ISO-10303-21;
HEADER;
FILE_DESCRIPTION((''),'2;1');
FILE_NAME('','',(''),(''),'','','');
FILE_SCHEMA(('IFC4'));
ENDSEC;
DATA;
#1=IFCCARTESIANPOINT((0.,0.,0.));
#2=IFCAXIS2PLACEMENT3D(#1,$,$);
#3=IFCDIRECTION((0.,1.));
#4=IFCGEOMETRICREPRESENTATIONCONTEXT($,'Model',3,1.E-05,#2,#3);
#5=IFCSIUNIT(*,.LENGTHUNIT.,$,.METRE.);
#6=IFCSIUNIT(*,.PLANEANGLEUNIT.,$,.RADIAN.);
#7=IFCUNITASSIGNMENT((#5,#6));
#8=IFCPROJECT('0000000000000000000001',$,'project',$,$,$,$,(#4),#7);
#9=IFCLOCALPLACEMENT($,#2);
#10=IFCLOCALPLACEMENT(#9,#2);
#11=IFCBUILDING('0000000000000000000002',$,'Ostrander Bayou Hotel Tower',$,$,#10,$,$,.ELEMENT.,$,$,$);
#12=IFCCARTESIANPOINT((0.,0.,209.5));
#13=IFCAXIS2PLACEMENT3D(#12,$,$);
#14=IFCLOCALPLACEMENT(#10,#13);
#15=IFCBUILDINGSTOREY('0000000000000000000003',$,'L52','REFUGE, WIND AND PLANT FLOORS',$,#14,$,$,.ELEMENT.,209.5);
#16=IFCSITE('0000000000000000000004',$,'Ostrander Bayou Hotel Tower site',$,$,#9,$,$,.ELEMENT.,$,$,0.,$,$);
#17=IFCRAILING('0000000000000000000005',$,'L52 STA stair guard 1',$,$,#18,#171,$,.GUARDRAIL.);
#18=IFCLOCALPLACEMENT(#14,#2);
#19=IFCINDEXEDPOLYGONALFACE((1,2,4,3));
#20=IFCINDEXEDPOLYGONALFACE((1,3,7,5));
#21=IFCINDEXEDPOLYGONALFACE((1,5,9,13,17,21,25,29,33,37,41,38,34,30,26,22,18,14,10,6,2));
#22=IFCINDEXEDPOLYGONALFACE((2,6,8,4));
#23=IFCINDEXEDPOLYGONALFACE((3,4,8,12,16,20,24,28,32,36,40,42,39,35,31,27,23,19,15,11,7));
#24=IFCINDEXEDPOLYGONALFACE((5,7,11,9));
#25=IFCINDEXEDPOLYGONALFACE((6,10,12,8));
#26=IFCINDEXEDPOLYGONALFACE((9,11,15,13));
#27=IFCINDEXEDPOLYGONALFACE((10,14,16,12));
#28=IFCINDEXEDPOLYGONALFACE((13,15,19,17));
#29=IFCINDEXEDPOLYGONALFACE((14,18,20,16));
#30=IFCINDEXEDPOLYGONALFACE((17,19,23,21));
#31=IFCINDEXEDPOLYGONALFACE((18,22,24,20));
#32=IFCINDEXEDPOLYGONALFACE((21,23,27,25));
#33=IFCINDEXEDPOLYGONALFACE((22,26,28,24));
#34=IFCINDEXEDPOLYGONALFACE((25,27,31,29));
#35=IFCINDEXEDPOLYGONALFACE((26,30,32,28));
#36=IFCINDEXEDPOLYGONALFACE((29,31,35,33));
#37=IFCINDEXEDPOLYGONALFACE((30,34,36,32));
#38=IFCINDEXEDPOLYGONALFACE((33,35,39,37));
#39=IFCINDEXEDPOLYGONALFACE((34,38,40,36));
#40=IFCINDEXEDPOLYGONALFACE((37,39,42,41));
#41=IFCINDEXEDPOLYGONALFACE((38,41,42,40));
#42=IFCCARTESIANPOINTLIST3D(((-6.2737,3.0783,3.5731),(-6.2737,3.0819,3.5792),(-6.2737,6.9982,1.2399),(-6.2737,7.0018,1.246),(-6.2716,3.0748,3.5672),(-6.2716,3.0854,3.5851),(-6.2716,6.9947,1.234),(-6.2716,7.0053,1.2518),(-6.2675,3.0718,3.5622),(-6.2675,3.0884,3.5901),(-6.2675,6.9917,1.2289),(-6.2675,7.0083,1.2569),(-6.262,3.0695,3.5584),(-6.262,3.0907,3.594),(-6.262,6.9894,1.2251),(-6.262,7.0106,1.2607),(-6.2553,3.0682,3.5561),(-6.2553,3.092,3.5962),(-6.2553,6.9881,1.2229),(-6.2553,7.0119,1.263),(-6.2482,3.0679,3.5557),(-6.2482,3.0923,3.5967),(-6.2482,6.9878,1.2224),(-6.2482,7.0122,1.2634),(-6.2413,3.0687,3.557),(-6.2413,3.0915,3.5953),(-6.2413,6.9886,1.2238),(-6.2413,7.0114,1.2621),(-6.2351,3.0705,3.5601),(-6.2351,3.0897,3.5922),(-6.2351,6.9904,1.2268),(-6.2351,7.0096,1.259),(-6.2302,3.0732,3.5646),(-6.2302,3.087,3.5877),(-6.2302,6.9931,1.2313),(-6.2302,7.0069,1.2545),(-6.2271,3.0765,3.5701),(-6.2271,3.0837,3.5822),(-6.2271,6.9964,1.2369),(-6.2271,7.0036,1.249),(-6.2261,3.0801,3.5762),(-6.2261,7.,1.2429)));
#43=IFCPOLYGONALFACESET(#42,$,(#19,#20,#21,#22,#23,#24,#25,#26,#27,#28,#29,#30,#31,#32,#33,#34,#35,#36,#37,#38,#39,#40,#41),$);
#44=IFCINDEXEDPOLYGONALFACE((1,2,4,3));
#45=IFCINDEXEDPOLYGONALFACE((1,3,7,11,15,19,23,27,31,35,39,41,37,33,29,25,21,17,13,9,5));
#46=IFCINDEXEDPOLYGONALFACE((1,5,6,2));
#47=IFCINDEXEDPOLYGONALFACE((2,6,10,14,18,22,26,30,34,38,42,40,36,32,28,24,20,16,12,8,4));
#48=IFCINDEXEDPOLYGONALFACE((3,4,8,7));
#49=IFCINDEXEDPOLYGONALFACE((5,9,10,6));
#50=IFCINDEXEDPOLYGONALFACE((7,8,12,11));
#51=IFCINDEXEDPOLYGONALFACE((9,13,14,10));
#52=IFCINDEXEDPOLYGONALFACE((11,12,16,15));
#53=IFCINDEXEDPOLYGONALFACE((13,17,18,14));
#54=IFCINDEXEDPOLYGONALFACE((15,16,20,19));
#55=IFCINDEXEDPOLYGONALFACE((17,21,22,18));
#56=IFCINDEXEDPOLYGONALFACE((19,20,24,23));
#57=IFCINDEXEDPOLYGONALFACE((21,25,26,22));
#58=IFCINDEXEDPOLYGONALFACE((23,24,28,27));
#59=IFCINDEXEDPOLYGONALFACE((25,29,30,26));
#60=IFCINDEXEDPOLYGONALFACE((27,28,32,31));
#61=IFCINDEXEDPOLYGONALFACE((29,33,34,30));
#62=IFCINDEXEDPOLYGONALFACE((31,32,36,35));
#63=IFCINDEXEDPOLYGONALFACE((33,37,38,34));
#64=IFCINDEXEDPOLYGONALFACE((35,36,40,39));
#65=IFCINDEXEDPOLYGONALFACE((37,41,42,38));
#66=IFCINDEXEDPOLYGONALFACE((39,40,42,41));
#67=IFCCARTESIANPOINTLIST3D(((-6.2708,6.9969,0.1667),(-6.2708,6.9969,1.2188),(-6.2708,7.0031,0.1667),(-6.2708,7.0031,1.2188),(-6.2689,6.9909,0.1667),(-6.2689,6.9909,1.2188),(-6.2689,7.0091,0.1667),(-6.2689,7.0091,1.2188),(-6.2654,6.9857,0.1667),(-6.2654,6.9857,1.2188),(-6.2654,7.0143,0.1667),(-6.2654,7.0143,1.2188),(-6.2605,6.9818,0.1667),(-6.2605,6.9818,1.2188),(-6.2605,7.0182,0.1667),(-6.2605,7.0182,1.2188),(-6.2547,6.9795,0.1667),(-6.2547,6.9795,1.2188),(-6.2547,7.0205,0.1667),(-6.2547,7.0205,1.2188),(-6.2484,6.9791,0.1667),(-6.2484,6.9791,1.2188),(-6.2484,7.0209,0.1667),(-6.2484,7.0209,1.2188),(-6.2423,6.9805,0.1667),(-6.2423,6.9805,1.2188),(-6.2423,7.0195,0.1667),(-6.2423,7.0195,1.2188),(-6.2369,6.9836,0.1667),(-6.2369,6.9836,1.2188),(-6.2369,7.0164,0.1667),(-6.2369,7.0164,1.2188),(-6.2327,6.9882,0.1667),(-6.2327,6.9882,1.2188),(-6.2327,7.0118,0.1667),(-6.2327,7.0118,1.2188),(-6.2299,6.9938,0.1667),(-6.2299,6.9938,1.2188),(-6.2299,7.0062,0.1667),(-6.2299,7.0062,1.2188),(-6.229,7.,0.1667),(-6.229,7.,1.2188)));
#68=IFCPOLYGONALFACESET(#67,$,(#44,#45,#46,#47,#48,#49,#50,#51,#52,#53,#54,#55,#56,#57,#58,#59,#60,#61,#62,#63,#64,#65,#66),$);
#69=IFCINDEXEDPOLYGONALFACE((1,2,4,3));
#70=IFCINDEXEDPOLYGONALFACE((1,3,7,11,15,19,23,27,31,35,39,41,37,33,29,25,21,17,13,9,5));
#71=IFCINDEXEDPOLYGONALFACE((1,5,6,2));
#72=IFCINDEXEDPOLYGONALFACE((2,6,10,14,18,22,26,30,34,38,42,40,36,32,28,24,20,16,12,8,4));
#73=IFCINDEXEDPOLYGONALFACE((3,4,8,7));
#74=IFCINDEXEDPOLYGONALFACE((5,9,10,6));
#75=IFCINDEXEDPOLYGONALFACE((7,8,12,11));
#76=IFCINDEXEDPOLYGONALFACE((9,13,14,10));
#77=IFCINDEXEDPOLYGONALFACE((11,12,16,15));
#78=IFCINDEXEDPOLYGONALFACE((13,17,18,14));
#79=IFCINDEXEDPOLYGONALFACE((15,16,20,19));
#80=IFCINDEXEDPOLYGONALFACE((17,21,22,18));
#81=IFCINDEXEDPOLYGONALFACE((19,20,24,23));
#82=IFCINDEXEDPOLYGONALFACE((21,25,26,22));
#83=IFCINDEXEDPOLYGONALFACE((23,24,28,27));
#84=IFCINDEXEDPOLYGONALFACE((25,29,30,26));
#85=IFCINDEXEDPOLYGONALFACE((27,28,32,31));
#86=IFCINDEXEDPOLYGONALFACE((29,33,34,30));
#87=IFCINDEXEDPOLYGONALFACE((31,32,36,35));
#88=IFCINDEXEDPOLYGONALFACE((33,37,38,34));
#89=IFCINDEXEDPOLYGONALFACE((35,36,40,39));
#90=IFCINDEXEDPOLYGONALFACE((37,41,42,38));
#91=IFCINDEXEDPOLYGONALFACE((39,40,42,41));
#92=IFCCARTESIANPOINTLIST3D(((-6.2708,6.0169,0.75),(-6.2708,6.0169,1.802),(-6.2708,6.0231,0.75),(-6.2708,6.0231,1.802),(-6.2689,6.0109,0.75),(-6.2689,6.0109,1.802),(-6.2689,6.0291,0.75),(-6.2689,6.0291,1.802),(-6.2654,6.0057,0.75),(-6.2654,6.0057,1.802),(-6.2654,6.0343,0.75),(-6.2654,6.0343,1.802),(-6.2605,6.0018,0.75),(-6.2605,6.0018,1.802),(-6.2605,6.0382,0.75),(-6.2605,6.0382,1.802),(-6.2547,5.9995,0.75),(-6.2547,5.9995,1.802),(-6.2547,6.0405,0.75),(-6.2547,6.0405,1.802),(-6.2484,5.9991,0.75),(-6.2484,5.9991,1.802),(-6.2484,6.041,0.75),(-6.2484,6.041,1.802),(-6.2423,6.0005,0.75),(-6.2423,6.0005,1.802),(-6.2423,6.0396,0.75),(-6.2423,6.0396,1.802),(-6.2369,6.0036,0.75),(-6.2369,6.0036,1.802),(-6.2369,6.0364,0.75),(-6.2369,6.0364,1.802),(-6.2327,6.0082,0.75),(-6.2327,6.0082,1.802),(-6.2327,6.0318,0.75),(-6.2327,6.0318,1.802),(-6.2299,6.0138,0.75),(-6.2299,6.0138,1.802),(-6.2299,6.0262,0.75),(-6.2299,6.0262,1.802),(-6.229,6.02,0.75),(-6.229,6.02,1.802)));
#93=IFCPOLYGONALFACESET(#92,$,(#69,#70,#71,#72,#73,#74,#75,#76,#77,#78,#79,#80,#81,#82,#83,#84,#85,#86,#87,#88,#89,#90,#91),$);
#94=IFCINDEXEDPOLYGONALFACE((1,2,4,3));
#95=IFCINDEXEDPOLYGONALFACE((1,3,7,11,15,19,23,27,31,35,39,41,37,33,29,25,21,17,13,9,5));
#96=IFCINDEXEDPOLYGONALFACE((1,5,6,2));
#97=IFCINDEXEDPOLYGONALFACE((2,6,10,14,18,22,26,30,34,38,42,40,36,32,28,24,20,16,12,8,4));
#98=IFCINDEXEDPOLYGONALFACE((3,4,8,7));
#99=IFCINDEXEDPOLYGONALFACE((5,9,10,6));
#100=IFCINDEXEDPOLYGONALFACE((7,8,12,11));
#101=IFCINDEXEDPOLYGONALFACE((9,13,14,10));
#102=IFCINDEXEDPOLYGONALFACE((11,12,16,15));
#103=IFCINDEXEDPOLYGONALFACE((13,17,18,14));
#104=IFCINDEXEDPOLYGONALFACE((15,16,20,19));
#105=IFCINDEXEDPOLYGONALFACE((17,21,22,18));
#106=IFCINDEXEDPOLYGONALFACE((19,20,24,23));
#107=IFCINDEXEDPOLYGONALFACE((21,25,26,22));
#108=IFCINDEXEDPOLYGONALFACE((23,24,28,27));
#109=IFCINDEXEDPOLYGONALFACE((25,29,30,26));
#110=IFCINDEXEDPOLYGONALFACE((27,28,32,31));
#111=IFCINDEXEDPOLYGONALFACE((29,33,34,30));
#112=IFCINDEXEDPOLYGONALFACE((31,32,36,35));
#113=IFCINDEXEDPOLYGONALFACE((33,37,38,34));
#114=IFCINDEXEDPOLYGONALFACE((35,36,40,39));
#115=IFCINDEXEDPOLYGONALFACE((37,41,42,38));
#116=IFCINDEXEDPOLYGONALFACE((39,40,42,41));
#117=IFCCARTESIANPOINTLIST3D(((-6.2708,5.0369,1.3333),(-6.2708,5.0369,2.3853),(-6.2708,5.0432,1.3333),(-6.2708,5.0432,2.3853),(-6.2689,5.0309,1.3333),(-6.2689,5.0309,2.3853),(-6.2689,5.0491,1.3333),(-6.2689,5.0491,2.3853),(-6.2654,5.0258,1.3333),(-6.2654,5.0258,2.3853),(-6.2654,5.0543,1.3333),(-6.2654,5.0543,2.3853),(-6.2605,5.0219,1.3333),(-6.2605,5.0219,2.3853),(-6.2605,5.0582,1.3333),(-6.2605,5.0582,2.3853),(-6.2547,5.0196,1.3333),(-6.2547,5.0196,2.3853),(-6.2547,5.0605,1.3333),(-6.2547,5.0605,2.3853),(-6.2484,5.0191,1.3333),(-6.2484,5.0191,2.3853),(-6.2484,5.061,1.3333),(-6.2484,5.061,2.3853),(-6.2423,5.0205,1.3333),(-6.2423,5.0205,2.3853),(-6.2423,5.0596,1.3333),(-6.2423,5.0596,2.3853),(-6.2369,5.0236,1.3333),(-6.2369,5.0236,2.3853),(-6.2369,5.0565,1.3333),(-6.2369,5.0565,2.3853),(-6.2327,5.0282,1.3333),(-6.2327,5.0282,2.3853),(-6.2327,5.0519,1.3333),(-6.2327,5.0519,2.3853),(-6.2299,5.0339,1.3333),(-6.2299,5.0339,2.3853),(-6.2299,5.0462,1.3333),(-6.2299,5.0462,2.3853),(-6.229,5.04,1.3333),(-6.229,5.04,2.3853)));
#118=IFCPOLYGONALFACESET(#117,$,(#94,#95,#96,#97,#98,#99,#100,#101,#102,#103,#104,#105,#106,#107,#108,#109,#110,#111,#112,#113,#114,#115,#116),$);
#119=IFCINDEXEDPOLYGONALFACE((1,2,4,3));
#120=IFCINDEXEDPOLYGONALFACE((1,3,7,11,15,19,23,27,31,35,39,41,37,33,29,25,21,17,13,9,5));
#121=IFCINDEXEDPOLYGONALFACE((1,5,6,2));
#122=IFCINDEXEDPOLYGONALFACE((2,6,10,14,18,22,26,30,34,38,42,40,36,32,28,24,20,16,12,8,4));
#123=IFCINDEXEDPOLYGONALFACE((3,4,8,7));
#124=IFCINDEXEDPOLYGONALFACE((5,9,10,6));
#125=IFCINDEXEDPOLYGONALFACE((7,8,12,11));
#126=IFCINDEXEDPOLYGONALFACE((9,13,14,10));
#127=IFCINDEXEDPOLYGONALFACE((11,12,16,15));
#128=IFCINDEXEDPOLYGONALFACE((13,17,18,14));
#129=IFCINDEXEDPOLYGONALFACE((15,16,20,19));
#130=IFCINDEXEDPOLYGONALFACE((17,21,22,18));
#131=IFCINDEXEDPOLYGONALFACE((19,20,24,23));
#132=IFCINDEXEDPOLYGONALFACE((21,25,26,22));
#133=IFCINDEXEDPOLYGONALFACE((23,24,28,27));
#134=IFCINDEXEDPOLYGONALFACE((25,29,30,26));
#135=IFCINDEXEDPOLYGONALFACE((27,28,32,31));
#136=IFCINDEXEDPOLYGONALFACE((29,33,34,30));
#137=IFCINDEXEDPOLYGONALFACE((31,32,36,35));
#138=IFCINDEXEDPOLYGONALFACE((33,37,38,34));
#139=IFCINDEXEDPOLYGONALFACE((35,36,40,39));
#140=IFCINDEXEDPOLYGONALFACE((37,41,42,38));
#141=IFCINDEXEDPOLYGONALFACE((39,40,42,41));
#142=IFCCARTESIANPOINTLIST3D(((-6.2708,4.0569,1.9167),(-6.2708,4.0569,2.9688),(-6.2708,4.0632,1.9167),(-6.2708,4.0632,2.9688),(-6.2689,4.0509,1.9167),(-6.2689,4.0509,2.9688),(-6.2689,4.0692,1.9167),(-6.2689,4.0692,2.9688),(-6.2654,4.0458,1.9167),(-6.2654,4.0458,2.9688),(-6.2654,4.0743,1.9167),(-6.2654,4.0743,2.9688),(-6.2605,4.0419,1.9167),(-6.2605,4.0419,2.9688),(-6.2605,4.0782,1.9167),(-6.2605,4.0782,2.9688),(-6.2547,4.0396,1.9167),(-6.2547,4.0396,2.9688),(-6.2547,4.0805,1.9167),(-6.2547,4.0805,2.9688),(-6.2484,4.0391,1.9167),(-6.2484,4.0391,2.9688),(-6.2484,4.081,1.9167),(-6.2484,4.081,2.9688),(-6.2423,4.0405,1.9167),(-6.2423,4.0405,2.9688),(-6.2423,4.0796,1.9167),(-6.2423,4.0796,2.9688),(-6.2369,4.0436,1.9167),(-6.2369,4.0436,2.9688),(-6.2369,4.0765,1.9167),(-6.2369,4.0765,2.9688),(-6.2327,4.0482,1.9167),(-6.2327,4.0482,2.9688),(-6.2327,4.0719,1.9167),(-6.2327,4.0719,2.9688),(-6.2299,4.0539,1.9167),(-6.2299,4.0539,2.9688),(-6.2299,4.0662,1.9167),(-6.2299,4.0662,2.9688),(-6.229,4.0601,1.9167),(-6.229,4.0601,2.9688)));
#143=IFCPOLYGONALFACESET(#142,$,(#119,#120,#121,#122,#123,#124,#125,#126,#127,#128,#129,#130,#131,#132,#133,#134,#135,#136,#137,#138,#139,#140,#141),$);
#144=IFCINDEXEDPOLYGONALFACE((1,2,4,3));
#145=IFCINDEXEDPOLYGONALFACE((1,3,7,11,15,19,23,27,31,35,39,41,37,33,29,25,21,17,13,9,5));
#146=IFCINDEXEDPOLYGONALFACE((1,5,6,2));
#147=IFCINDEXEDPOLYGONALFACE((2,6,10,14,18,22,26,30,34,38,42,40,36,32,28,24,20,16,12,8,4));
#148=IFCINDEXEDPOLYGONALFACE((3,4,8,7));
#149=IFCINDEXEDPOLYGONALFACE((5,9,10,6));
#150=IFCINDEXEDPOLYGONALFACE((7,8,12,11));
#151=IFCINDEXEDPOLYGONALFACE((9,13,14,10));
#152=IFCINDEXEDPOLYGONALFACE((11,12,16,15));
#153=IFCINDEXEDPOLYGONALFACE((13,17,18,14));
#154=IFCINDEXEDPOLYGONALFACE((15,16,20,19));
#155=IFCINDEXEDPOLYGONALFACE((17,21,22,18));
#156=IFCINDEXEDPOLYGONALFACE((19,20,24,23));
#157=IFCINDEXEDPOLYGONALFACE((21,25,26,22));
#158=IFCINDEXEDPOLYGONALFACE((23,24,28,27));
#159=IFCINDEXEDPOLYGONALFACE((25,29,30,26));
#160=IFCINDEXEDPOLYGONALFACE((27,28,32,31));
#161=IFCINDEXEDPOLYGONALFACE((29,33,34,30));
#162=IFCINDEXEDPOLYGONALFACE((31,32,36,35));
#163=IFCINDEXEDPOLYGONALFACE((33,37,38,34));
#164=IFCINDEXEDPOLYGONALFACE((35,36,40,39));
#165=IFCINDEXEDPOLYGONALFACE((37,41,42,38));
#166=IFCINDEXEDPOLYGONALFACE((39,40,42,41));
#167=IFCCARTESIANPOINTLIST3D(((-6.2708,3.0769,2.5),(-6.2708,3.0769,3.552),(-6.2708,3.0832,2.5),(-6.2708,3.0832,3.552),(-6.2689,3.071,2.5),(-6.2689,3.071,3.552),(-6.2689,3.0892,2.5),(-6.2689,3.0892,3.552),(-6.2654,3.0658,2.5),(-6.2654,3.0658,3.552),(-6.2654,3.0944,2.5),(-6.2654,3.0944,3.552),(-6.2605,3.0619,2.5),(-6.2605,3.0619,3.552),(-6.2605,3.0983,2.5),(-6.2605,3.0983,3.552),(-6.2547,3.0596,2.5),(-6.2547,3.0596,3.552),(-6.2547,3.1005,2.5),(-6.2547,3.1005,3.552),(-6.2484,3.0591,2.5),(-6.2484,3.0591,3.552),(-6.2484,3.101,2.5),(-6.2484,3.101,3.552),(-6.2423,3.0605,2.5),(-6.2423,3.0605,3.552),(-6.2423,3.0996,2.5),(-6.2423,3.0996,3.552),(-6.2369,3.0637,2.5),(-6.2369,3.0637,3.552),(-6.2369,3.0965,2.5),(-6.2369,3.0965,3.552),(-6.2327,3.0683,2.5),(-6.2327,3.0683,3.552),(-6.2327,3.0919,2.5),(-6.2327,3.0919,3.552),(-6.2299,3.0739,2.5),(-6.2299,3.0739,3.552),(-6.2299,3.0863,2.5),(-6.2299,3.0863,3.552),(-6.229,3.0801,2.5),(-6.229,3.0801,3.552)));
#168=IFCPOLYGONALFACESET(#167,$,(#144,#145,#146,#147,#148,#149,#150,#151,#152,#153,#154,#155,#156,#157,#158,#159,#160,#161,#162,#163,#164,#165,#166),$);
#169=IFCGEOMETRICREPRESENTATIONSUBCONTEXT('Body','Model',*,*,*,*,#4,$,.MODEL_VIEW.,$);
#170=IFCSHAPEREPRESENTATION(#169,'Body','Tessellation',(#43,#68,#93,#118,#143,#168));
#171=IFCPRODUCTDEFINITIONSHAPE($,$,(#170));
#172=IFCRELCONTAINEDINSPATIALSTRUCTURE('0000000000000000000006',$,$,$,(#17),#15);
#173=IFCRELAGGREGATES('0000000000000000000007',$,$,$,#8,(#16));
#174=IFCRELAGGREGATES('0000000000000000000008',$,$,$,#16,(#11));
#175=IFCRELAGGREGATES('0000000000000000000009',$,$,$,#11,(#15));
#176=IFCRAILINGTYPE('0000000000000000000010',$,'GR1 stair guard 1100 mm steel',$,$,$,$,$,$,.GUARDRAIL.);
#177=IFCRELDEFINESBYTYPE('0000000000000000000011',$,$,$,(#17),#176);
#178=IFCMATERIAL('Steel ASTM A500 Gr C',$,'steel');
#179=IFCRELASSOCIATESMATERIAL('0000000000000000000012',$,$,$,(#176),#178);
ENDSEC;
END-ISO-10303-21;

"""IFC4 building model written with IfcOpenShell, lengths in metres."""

from ifc_helpers import new_model, si_unit, direction, frame, origin, origin_2d, place, context, subcontext, project, spatial, circle, extrude, material, type_object, element, save


model = new_model("IFC4")

# Units and contexts
model_context = context("Model", 3, precision=1e-05, world=origin(), true_north=direction((0.0, 1.0)))
body_context = subcontext(model_context, "Body", "Model", "MODEL_VIEW")
ifc_project = project(units=[si_unit("LENGTHUNIT", "METRE"), si_unit("PLANEANGLEUNIT", "RADIAN")], contexts=[model_context])

# Site, building, storey
site_placement = place(None, origin())
site = spatial("IfcSite", under=ifc_project, at=site_placement, Name="Ostrander Bayou Hotel Tower site", CompositionType="ELEMENT", RefElevation=0.0)
building_placement = place(site_placement, origin())
building = spatial("IfcBuilding", under=site, at=building_placement, Name="Ostrander Bayou Hotel Tower", CompositionType="ELEMENT")
storey_placement = place(building_placement, frame((0.0, 0.0, 209.5)))
storey = spatial("IfcBuildingStorey", under=building, at=storey_placement, Name="L52", Description="REFUGE, WIND AND PLANT FLOORS", CompositionType="ELEMENT", Elevation=209.5)

# Railing
ifc_material_1 = material(Name="Steel ASTM A500 Gr C", Category="steel")
railing_type_1 = type_object("IfcRailingType", Name="GR1 stair guard 1100 mm steel", PredefinedType="GUARDRAIL", material=ifc_material_1)
railing_1_placement = place(storey_placement, frame((-6.25, 7.0, 0.1667)))
element("IfcRailing", 1, at=railing_1_placement, inside=storey, type_object=railing_type_1, Name="L52 STA stair guard 1", PredefinedType="GUARDRAIL", context=body_context, shape_type="SweptSolid", body=[
    extrude(circle(Radius=0.0239, at=origin_2d()), frame((0.0, 0.0, 1.0762), z_axis=(0.0, -0.859296, 0.511478), x_axis=(1.0, 0.0, 0.0)), (0.0, 0.0, 1.0), 4.5618),
    extrude(circle(Radius=0.021, at=origin_2d()), origin(), (0.0, 0.0, 1.0), 1.052),
    extrude(circle(Radius=0.021, at=origin_2d()), frame((0.0, -0.98, 0.5833)), (0.0, 0.0, 1.0), 1.052),
    extrude(circle(Radius=0.021, at=origin_2d()), frame((0.0, -1.96, 1.1665)), (0.0, 0.0, 1.0), 1.052),
    extrude(circle(Radius=0.021, at=origin_2d()), frame((0.0, -2.9399, 1.75)), (0.0, 0.0, 1.0), 1.052),
    extrude(circle(Radius=0.021, at=origin_2d()), frame((0.0, -3.9199, 2.3333)), (0.0, 0.0, 1.0), 1.052),
])

save(model, "model.ifc")
